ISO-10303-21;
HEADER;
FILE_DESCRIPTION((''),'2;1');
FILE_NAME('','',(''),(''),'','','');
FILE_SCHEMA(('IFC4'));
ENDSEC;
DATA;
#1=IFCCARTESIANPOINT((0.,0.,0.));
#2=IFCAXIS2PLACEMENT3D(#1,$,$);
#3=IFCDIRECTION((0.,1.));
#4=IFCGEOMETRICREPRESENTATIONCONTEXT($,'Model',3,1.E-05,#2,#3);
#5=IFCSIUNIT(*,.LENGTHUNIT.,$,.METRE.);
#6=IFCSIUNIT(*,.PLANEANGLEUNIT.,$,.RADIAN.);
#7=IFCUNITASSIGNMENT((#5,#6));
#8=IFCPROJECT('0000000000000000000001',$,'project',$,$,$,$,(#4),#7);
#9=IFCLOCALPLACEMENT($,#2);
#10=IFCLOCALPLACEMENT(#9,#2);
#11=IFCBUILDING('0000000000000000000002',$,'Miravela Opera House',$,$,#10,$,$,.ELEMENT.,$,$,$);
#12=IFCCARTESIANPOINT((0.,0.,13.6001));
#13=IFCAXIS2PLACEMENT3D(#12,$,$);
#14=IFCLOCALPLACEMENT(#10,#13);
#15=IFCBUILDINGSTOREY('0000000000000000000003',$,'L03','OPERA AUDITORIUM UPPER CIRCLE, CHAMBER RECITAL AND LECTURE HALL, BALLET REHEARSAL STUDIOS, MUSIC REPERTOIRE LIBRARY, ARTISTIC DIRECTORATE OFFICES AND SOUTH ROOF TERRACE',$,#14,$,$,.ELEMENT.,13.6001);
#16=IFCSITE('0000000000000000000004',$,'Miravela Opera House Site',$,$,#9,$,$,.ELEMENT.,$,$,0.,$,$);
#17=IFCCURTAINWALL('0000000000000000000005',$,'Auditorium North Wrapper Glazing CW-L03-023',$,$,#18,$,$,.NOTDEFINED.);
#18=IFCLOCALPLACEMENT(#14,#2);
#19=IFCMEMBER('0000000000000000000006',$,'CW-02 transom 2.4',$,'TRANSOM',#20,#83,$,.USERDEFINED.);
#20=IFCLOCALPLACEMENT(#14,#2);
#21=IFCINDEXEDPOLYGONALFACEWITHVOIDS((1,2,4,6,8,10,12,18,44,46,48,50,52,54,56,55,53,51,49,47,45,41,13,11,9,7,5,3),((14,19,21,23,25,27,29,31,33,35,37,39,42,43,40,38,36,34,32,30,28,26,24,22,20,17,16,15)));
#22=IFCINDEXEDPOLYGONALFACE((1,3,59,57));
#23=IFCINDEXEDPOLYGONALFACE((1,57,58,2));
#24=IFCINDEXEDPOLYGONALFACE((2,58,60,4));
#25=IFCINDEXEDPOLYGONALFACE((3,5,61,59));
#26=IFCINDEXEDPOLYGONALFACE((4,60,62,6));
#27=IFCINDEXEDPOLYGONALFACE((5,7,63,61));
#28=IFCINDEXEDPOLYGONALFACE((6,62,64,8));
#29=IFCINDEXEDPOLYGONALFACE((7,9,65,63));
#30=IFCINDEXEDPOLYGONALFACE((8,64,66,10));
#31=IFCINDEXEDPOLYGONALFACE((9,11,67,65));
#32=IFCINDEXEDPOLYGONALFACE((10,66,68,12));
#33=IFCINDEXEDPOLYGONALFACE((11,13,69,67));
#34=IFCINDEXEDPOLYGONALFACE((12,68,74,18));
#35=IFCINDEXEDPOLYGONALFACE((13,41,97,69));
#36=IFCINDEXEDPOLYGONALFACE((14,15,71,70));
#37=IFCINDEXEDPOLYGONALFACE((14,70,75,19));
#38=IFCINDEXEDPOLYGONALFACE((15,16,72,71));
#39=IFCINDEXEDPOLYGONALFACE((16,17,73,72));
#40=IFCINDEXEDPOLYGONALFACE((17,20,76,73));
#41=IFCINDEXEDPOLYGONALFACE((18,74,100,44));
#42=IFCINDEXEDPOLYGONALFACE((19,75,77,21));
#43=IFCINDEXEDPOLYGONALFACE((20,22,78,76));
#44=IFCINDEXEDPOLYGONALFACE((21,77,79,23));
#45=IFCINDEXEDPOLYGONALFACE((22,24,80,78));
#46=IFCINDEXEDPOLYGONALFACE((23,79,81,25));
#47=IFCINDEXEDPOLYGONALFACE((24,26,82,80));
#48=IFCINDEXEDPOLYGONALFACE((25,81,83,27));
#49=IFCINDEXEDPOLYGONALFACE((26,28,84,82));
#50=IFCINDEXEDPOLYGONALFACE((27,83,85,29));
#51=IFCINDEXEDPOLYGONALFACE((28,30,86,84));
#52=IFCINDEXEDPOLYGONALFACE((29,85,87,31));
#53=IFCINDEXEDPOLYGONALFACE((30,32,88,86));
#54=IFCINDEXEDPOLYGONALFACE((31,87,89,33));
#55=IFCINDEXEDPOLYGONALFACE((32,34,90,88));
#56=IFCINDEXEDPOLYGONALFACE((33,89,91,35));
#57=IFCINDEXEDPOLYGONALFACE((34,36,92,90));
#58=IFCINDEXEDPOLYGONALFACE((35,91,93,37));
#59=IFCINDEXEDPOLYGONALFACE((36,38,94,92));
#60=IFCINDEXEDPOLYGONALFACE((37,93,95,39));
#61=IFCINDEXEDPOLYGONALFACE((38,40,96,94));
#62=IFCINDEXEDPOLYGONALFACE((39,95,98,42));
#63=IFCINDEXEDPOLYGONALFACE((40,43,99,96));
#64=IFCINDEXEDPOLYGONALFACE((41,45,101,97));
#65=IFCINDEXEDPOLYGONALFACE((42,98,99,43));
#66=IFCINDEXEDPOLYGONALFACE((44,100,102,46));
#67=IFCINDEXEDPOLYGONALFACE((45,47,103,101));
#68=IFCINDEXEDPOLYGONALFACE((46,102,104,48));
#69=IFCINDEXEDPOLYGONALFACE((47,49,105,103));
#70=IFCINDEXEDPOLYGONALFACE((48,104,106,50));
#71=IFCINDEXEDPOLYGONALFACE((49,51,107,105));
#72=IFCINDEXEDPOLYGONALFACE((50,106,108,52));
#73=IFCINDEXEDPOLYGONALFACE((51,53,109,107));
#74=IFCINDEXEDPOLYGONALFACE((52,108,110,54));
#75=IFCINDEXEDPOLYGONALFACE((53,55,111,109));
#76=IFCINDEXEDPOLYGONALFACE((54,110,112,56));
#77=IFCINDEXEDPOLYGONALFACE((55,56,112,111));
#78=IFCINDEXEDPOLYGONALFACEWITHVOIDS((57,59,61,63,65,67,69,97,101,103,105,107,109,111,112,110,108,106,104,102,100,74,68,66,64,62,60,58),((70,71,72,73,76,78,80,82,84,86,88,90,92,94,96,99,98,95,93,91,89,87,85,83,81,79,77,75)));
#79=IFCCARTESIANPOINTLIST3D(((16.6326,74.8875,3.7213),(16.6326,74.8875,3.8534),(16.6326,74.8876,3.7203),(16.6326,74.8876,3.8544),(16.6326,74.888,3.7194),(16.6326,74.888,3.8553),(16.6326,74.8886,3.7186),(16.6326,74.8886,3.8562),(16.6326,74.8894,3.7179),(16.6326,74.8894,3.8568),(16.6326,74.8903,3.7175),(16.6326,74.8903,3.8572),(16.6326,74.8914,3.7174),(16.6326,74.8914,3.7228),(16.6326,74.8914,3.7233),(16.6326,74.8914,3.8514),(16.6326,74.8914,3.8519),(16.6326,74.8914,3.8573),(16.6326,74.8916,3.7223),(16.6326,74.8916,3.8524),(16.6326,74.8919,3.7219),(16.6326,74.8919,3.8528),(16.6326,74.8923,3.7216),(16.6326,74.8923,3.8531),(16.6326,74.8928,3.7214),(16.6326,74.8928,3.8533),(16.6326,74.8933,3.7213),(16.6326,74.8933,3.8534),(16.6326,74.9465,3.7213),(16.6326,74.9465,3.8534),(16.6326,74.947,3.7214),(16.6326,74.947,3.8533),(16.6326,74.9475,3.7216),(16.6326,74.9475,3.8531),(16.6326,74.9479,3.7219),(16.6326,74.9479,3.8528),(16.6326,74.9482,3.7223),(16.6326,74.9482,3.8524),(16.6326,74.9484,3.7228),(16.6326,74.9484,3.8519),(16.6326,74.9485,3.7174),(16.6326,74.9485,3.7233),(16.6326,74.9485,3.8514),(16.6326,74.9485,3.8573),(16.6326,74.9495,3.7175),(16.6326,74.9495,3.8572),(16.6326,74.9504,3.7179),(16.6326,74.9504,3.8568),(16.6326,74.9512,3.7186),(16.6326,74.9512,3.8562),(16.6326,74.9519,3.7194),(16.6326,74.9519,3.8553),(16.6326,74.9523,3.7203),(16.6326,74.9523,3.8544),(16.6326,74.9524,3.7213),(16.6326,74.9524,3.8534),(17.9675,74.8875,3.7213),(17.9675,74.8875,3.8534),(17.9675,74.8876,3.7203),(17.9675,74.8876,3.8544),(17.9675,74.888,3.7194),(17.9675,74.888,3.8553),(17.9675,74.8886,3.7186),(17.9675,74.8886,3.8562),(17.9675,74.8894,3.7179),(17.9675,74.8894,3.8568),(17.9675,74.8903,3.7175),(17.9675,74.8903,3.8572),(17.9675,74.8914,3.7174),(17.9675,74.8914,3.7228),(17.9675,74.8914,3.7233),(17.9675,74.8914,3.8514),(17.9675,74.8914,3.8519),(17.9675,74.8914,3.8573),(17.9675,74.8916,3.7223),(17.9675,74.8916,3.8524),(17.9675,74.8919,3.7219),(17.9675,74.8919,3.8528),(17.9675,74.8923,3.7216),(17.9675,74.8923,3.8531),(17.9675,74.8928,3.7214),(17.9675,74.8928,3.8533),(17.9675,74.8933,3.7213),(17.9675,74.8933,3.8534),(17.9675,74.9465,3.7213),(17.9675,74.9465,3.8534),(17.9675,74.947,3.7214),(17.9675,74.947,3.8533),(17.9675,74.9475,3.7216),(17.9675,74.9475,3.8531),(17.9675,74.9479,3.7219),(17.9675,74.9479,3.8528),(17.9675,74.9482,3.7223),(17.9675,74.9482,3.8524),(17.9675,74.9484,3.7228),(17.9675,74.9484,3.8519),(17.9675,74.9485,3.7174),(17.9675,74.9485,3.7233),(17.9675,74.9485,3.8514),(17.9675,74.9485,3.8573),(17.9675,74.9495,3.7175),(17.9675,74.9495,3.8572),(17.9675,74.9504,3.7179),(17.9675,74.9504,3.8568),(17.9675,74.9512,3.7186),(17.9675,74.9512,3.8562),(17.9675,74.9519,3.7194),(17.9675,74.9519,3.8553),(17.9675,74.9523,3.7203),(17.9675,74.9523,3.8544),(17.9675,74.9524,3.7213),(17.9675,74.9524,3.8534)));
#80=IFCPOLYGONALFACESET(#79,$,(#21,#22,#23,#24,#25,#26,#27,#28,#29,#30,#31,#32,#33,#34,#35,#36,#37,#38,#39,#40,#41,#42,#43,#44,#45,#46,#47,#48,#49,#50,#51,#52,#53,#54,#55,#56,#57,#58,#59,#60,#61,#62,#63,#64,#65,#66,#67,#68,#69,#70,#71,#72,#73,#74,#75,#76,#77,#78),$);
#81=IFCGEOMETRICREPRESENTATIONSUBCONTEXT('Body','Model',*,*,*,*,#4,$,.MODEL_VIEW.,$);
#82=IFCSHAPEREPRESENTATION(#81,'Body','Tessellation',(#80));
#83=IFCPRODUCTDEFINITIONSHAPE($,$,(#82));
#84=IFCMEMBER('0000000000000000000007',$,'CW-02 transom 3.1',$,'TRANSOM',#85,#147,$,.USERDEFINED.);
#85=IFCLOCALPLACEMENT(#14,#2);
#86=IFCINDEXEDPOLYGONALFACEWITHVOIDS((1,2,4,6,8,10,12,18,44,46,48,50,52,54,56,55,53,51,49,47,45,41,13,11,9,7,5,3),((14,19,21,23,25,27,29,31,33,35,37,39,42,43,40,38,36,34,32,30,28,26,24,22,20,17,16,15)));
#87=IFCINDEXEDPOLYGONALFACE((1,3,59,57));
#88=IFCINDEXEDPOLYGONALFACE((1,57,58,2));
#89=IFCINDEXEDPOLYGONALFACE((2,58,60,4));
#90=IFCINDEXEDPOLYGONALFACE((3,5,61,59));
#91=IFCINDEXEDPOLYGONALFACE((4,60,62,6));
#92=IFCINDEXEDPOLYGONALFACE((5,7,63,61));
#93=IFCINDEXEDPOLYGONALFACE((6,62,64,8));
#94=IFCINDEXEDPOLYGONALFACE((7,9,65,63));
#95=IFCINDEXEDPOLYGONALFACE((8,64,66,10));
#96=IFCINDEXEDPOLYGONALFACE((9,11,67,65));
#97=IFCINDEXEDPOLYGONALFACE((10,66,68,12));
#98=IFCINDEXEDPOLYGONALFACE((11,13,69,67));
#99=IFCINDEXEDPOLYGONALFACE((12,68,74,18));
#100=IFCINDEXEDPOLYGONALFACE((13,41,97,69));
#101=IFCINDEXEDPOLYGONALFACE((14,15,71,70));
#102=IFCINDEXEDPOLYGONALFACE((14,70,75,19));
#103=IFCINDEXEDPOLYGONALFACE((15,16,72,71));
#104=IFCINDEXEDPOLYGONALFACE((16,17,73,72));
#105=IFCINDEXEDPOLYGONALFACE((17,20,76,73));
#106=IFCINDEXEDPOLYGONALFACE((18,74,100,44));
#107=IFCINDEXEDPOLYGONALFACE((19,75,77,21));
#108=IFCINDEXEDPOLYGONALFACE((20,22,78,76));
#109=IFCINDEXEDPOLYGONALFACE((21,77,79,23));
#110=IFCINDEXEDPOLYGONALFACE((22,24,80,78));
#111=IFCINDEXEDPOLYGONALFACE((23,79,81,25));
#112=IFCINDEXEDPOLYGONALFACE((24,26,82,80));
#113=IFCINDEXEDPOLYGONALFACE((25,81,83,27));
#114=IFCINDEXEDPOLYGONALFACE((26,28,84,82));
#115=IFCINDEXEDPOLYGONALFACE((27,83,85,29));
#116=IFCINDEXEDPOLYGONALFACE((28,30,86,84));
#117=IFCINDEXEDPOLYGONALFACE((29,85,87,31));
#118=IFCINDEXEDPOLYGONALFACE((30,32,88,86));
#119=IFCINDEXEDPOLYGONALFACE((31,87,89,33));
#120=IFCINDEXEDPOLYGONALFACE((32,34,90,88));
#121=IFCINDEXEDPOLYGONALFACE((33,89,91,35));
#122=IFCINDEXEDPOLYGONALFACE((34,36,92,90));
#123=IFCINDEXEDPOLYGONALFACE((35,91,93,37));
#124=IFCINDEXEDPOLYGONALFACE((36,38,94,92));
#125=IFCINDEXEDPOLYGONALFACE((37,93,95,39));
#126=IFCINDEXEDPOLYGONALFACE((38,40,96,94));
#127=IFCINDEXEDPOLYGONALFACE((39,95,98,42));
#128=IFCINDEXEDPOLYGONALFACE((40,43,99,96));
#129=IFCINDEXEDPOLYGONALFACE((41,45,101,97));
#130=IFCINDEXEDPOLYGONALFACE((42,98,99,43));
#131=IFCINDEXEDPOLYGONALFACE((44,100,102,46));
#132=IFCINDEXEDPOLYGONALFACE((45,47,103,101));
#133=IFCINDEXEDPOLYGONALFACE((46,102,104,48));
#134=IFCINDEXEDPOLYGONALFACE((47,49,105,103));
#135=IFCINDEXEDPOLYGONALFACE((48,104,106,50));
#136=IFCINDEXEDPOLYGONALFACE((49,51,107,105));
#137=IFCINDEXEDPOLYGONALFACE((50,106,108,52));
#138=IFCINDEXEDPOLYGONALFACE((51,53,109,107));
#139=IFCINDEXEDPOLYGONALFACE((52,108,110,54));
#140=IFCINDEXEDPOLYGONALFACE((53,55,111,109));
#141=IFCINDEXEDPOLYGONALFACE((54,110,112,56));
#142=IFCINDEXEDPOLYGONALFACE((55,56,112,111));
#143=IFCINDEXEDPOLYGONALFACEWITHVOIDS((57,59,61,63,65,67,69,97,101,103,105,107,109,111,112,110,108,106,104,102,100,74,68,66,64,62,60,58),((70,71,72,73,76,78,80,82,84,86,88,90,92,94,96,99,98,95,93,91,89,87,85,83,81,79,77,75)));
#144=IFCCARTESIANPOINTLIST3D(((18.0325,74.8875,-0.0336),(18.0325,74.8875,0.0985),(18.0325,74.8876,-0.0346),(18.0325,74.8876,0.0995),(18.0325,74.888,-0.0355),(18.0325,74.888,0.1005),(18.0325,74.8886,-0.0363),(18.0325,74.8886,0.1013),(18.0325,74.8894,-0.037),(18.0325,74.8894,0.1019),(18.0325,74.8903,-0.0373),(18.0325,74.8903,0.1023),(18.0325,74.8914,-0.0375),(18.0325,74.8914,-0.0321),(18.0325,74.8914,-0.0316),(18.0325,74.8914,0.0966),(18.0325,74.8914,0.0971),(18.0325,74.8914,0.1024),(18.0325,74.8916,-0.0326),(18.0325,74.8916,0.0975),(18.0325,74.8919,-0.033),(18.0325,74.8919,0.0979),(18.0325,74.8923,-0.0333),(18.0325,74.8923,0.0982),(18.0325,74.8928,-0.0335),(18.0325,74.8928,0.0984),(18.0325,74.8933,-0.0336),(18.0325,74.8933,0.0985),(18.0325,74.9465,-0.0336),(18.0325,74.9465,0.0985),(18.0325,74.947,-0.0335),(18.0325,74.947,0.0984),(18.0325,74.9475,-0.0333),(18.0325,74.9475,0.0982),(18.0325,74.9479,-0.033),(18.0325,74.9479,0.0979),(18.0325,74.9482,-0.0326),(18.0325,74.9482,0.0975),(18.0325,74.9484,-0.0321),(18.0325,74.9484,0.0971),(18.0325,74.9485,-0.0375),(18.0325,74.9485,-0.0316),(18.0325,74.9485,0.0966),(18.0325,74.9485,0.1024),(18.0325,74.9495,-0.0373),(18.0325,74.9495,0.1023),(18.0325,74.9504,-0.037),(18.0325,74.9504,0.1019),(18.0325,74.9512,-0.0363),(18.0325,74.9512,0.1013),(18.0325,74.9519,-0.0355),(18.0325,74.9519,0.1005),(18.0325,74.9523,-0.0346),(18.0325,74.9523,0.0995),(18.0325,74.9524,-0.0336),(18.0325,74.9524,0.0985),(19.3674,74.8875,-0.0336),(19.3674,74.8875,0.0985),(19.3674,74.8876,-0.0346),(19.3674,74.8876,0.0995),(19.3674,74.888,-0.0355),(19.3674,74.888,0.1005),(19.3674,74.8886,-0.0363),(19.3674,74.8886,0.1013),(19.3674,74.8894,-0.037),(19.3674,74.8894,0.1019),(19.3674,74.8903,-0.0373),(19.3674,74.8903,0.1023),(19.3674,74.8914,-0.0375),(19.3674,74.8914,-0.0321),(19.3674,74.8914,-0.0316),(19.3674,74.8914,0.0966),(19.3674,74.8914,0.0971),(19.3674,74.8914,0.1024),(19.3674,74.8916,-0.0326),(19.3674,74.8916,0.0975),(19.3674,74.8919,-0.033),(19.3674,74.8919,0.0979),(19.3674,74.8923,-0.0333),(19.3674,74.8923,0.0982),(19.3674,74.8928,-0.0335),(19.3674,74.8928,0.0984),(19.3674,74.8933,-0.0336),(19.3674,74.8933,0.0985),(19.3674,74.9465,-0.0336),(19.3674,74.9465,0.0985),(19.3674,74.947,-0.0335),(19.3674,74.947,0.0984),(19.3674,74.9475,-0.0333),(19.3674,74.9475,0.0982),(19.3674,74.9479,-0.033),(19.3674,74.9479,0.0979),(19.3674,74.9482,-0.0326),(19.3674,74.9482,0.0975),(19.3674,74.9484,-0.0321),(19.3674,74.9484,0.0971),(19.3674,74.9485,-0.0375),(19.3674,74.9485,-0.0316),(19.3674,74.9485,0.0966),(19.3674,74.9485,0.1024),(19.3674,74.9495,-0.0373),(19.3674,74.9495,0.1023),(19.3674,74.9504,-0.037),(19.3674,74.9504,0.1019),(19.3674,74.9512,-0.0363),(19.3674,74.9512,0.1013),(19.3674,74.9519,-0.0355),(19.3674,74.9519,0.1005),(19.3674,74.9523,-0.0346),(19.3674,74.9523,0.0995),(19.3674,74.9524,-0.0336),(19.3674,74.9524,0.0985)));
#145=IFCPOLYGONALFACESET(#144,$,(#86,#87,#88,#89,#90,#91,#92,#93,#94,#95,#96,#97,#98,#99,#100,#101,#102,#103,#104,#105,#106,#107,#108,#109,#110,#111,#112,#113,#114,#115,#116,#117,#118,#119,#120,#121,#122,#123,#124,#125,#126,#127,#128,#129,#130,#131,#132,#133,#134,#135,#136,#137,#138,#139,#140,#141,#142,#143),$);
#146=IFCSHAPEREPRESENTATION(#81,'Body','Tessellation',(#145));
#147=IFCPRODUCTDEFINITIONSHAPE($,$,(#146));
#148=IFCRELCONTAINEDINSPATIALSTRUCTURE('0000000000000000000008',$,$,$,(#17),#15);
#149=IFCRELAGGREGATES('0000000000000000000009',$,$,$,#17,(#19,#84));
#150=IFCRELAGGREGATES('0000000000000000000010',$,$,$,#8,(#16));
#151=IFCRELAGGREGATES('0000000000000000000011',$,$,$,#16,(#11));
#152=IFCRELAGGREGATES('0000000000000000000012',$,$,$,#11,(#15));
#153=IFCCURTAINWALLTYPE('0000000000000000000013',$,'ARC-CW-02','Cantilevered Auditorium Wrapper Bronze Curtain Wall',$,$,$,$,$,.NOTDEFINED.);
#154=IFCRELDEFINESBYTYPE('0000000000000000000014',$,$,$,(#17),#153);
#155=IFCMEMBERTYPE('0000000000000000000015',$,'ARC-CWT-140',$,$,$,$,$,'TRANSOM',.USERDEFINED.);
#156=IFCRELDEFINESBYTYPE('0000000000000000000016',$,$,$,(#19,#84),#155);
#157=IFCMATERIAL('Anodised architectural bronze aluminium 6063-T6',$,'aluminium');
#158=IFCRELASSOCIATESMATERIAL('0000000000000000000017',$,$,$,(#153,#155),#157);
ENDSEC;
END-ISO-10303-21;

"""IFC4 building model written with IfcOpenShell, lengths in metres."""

from ifc_helpers import new_model, si_unit, direction, frame, origin, origin_2d, place, context, subcontext, project, spatial, hollow_rectangle, extrude, material, material_profile, profile_set, type_object, element, aggregate, save


model = new_model("IFC4")

# Units and contexts
model_context = context("Model", 3, precision=1e-05, world=origin(), true_north=direction((0.0, 1.0)))
body_context = subcontext(model_context, "Body", "Model", "MODEL_VIEW")
ifc_project = project(units=[si_unit("LENGTHUNIT", "METRE"), si_unit("PLANEANGLEUNIT", "RADIAN")], contexts=[model_context])

# Site, building, storey
site_placement = place(None, origin())
site = spatial("IfcSite", under=ifc_project, at=site_placement, Name="Miravela Opera House Site", CompositionType="ELEMENT", RefElevation=0.0)
building_placement = place(site_placement, origin())
building = spatial("IfcBuilding", under=site, at=building_placement, Name="Miravela Opera House", CompositionType="ELEMENT")
storey_placement = place(building_placement, frame((0.0, 0.0, 13.6001)))
storey = spatial("IfcBuildingStorey", under=building, at=storey_placement, Name="L03", Description="OPERA AUDITORIUM UPPER CIRCLE, CHAMBER RECITAL AND LECTURE HALL, BALLET REHEARSAL STUDIOS, MUSIC REPERTOIRE LIBRARY, ARTISTIC DIRECTORATE OFFICES AND SOUTH ROOF TERRACE", CompositionType="ELEMENT", Elevation=13.6001)

# Curtain wall, members
ifc_material_1 = material(Name="Anodised architectural bronze aluminium 6063-T6", Category="aluminium")
curtain_wall_type = type_object("IfcCurtainWallType", Name="ARC-CW-02", Description="Cantilevered Auditorium Wrapper Bronze Curtain Wall", PredefinedType="NOTDEFINED", material=ifc_material_1)
curtain_wall_placement = place(storey_placement, origin())
curtain_wall = element("IfcCurtainWall", 1, at=curtain_wall_placement, inside=storey, type_object=curtain_wall_type, Name="Auditorium North Wrapper Glazing CW-L03-023", PredefinedType="NOTDEFINED")
ifc_material_profile_1 = material_profile(ifc_material_1, hollow_rectangle(XDim=0.0649, YDim=0.1399, WallThickness=0.0039, InnerFilletRadius=0.002, OuterFilletRadius=0.0039, at=origin_2d()), Name="CWT-65X140")
ifc_profile_set_1 = profile_set([ifc_material_profile_1])
member_type_1 = type_object("IfcMemberType", Name="ARC-CWT-140", ElementType="TRANSOM", PredefinedType="USERDEFINED", material=ifc_profile_set_1)
member_1_placement = place(storey_placement, frame((16.6326, 74.9199, 3.7874), z_axis=(1.0, 0.0, 0.0), x_axis=(0.0, 1.0, 0.0)))
member_1 = element("IfcMember", 2, at=member_1_placement, type_object=member_type_1, Name="CW-02 transom 2.4", ObjectType="TRANSOM", PredefinedType="USERDEFINED", context=body_context, shape_type="SweptSolid", body=[
    extrude(hollow_rectangle(XDim=0.0649, YDim=0.1399, WallThickness=0.0039, InnerFilletRadius=0.002, OuterFilletRadius=0.0039, at=origin_2d()), origin(), (0.0, 0.0, 1.0), 1.335),
])
member_2_placement = place(storey_placement, frame((18.0325, 74.9199, 0.0325), z_axis=(1.0, 0.0, 0.0), x_axis=(0.0, 1.0, 0.0)))
member_2 = element("IfcMember", 3, at=member_2_placement, type_object=member_type_1, Name="CW-02 transom 3.1", ObjectType="TRANSOM", PredefinedType="USERDEFINED", context=body_context, shape_type="SweptSolid", body=[
    extrude(hollow_rectangle(XDim=0.0649, YDim=0.1399, WallThickness=0.0039, InnerFilletRadius=0.002, OuterFilletRadius=0.0039, at=origin_2d()), origin(), (0.0, 0.0, 1.0), 1.335),
])
aggregate(curtain_wall, [member_1, member_2])

save(model, "model.ifc")
